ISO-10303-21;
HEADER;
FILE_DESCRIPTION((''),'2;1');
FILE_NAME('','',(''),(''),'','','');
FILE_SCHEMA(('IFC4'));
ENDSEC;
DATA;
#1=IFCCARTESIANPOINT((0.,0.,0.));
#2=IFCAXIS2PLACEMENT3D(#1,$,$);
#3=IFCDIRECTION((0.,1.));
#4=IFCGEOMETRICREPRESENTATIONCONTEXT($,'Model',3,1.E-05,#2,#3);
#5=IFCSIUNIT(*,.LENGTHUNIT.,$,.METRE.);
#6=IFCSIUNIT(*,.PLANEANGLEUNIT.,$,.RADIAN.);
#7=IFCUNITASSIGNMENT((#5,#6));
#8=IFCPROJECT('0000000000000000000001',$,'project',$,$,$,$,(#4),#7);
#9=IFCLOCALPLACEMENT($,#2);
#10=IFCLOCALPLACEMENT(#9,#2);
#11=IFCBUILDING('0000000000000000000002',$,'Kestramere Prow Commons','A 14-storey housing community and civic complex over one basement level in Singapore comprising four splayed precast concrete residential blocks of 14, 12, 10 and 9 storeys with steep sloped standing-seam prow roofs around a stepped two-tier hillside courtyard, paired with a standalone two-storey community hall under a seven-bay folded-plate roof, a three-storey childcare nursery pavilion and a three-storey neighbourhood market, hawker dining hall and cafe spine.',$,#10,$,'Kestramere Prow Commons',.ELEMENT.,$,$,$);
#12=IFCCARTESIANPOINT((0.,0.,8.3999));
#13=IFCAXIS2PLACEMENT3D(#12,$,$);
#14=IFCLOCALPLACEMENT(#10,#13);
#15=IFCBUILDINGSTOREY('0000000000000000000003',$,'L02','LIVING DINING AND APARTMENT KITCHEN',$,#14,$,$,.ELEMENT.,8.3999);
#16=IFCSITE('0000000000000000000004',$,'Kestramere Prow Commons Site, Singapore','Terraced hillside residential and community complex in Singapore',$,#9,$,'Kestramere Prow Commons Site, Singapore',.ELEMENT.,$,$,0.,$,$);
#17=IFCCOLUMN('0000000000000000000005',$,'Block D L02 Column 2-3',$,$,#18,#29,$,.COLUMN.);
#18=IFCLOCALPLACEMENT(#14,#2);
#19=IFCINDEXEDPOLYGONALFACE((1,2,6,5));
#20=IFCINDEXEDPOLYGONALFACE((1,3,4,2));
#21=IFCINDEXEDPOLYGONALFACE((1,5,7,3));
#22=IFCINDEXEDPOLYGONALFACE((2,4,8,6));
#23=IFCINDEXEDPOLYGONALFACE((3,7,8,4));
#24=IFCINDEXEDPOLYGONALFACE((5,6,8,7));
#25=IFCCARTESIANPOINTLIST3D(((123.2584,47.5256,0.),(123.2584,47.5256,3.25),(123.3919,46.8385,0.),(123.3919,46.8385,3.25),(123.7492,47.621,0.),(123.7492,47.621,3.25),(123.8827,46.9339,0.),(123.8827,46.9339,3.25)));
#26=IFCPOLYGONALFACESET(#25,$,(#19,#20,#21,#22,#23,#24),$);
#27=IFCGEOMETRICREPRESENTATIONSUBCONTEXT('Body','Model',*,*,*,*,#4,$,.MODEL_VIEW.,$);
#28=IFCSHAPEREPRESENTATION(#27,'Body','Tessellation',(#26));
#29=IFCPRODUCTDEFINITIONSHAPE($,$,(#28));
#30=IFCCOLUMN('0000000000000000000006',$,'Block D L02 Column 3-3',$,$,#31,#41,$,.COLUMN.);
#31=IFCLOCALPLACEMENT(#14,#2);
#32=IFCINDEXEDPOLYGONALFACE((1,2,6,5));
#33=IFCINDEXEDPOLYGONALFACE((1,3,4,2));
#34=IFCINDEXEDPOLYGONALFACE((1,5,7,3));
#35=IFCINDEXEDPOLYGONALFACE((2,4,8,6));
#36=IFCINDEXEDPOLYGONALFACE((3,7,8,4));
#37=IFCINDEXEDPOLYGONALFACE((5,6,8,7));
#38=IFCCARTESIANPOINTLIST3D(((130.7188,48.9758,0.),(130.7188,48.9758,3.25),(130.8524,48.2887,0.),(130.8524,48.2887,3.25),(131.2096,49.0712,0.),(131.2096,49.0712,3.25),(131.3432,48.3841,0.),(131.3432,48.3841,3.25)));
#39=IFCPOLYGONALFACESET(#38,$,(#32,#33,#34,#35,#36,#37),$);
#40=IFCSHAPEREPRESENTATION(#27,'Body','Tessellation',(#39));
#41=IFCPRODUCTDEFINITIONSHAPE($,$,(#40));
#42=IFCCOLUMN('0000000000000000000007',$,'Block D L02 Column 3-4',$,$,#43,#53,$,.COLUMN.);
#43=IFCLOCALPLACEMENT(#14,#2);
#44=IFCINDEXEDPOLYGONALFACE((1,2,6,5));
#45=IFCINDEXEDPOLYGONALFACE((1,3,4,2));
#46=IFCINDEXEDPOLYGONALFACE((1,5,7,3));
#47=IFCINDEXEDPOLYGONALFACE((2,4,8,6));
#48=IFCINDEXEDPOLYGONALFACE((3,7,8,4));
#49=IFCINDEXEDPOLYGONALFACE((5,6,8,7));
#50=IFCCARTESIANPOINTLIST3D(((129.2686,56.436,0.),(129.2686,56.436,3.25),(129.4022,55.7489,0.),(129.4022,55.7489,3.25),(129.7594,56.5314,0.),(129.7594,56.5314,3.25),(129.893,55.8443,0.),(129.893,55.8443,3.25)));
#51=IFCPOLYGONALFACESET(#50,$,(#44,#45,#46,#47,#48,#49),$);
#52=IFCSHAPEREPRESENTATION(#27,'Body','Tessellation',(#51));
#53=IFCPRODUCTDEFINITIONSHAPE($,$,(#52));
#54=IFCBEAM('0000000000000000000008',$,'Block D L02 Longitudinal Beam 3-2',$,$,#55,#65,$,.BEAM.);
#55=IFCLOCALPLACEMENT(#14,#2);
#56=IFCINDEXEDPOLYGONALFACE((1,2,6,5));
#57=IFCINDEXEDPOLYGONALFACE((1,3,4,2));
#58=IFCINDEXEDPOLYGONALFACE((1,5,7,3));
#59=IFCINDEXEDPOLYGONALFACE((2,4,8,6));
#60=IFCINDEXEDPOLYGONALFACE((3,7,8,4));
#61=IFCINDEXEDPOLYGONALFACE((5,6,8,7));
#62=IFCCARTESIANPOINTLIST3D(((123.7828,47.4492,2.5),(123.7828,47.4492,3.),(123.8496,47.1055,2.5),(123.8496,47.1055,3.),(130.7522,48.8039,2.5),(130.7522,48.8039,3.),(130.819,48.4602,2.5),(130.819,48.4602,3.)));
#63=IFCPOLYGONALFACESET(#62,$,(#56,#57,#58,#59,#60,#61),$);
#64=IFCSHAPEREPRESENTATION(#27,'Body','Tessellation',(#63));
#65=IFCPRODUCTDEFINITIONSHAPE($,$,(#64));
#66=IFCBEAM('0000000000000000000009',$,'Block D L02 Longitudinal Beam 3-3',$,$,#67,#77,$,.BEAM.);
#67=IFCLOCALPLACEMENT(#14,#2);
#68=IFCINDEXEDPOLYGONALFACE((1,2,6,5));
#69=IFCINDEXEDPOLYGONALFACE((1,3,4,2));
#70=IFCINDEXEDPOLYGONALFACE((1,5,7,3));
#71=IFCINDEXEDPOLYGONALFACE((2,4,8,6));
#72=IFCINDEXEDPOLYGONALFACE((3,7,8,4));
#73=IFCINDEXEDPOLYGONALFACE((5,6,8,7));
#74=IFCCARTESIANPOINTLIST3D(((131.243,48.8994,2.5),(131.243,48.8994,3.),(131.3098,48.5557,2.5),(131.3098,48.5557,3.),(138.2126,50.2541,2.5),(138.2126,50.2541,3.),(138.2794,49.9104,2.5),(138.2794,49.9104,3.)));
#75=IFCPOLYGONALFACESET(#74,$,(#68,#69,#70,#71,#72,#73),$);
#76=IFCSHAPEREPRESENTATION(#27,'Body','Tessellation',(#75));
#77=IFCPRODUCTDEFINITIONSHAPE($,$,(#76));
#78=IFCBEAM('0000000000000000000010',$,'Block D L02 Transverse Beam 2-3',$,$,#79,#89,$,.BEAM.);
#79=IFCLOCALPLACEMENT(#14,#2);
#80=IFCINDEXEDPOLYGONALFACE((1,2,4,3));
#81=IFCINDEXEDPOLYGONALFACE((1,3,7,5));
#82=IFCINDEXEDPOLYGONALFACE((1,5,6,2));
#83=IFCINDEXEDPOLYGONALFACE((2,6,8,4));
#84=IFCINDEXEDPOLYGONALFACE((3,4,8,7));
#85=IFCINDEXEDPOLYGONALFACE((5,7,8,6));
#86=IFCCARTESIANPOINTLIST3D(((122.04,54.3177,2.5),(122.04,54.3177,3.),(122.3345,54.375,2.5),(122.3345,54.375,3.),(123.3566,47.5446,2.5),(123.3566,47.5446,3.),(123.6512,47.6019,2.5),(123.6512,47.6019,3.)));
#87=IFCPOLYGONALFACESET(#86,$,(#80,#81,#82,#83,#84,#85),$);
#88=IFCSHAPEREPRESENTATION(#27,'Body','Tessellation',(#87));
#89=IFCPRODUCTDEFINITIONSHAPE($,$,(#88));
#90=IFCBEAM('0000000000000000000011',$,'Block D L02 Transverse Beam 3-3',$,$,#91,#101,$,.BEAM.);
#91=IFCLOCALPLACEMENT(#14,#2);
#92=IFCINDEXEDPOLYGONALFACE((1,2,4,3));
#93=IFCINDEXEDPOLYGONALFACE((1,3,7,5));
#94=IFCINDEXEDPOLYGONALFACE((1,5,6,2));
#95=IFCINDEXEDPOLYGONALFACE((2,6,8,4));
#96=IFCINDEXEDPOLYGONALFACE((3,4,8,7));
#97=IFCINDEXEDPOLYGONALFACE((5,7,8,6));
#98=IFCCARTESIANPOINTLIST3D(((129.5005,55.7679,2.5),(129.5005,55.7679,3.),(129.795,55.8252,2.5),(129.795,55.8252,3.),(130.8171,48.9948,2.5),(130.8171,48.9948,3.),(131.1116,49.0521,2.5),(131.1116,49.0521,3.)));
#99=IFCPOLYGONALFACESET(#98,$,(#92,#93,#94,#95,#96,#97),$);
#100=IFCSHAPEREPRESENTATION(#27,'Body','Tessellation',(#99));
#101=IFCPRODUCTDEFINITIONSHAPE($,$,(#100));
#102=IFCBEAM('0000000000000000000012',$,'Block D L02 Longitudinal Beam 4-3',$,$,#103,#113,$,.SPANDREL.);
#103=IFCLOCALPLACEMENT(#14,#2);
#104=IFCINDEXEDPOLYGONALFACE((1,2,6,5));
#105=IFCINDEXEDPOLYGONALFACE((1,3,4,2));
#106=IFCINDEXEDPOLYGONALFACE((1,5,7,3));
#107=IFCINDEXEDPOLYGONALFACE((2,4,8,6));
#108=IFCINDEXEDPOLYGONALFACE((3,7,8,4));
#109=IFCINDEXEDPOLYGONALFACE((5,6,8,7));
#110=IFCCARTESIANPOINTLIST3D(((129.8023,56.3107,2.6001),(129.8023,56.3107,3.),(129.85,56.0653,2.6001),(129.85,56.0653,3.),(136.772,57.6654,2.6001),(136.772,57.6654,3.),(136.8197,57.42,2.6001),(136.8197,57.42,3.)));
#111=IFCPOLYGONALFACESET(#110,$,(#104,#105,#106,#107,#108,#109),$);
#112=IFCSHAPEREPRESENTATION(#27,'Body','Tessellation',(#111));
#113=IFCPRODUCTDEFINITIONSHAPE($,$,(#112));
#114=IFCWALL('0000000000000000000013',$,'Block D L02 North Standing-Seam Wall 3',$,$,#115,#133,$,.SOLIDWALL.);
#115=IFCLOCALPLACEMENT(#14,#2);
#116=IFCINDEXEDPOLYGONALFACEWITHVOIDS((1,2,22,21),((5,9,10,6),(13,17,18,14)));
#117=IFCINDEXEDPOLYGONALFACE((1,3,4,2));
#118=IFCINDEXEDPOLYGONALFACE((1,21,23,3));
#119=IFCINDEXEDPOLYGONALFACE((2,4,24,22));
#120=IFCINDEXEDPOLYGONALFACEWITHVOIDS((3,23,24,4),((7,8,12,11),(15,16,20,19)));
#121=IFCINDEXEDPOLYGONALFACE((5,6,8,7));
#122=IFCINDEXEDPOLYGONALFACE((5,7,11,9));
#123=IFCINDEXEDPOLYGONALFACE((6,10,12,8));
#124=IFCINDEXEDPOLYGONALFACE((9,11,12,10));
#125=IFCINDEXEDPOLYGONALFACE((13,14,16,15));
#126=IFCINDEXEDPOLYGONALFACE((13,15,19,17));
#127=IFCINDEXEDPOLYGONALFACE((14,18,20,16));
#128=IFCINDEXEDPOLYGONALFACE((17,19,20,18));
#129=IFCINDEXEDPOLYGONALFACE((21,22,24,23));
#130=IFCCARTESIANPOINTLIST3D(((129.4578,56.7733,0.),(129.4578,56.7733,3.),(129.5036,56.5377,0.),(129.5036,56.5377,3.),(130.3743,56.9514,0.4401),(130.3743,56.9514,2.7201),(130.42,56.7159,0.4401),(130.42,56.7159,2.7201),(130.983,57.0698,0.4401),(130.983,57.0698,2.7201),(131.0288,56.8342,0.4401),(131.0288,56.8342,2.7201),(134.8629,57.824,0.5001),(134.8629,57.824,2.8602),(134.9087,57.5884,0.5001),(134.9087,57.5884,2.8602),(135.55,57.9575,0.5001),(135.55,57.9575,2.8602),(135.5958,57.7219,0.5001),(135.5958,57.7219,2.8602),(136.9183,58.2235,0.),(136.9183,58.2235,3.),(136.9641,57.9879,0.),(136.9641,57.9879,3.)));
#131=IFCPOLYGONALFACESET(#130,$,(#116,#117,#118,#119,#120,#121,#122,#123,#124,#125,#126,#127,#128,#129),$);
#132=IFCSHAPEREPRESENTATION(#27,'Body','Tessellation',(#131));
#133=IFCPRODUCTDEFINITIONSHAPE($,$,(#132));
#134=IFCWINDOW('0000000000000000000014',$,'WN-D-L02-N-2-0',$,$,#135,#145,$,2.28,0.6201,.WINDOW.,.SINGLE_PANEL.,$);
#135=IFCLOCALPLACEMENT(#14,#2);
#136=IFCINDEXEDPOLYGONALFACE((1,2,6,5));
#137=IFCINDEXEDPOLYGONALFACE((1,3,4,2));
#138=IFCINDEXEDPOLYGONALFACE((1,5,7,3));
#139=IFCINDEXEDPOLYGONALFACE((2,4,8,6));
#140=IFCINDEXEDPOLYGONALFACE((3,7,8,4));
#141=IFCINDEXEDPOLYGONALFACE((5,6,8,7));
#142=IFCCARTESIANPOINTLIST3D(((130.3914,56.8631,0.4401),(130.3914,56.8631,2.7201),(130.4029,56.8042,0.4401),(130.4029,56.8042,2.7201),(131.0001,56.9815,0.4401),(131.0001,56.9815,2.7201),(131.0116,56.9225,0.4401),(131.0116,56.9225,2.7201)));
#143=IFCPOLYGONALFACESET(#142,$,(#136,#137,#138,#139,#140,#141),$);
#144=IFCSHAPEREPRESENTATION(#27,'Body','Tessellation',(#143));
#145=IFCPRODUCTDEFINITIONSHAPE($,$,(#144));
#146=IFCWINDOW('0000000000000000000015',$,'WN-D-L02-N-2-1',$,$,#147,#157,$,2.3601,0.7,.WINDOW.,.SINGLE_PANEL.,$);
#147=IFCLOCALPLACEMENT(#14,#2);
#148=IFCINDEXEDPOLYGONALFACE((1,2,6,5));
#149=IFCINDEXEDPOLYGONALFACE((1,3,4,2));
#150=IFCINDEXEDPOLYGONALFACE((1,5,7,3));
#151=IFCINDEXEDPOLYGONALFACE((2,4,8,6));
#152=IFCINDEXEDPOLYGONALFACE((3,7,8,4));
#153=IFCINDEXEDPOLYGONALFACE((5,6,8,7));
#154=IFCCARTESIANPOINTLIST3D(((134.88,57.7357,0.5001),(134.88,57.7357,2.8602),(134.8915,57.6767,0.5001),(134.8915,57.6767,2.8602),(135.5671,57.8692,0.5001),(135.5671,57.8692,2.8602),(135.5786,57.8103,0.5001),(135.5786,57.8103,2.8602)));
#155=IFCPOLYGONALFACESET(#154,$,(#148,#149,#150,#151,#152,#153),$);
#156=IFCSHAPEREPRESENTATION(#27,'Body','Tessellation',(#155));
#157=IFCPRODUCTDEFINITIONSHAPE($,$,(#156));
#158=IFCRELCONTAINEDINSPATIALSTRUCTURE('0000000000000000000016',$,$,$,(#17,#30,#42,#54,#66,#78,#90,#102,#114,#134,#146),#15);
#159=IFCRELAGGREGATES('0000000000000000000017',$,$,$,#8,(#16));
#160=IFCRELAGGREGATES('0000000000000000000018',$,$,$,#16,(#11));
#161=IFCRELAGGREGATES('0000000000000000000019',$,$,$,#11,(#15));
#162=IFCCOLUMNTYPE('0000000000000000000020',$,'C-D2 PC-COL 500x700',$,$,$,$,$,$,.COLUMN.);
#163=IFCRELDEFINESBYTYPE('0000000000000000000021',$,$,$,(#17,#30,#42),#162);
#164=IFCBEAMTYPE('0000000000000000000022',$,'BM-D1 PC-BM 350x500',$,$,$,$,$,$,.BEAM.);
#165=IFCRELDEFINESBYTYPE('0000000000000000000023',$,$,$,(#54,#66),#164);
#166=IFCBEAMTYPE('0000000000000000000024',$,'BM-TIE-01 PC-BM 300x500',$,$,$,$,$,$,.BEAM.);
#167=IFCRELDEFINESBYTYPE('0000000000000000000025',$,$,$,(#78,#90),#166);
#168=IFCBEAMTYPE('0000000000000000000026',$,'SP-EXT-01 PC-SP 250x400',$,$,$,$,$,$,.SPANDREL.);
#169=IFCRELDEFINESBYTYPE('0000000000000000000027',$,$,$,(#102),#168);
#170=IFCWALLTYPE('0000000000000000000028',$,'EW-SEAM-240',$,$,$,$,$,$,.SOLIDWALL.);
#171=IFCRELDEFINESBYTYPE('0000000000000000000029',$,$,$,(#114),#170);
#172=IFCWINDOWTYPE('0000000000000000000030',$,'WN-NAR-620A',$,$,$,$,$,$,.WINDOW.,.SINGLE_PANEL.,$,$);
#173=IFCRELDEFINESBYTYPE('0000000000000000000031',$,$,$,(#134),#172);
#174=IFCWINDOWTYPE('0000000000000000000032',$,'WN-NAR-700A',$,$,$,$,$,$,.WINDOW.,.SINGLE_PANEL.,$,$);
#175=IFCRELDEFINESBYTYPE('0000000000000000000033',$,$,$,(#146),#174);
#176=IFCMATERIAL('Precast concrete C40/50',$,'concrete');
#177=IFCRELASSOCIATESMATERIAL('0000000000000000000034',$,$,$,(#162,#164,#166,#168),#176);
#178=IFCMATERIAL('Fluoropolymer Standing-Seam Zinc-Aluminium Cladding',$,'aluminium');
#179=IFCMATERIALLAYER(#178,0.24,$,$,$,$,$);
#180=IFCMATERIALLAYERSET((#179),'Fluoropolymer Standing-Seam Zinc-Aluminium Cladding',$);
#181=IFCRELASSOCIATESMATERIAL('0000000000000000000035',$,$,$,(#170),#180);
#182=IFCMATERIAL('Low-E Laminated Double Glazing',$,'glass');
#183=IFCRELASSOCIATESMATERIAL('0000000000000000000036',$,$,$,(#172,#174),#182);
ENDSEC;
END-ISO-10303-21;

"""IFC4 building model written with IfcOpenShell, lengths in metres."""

from ifc_helpers import new_model, si_unit, direction, frame, frame_2d, origin, origin_2d, place, context, subcontext, project, spatial, rectangle, extrude, material, layer, layer_set, material_profile, profile_set, type_object, element, fill, save


model = new_model("IFC4")

# Units and contexts
model_context = context("Model", 3, precision=1e-05, world=origin(), true_north=direction((0.0, 1.0)))
body_context = subcontext(model_context, "Body", "Model", "MODEL_VIEW")
ifc_project = project(units=[si_unit("LENGTHUNIT", "METRE"), si_unit("PLANEANGLEUNIT", "RADIAN")], contexts=[model_context])

# Site, building, storey
site_placement = place(None, origin())
site = spatial("IfcSite", under=ifc_project, at=site_placement, Name="Kestramere Prow Commons Site, Singapore", Description="Terraced hillside residential and community complex in Singapore", LongName="Kestramere Prow Commons Site, Singapore", CompositionType="ELEMENT", RefElevation=0.0)
building_placement = place(site_placement, origin())
building = spatial("IfcBuilding", under=site, at=building_placement, Name="Kestramere Prow Commons", Description="A 14-storey housing community and civic complex over one basement level in Singapore comprising four splayed precast concrete residential blocks of 14, 12, 10 and 9 storeys with steep sloped standing-seam prow roofs around a stepped two-tier hillside courtyard, paired with a standalone two-storey community hall under a seven-bay folded-plate roof, a three-storey childcare nursery pavilion and a three-storey neighbourhood market, hawker dining hall and cafe spine.", LongName="Kestramere Prow Commons", CompositionType="ELEMENT")
storey_placement = place(building_placement, frame((0.0, 0.0, 8.3999)))
storey = spatial("IfcBuildingStorey", under=building, at=storey_placement, Name="L02", Description="LIVING DINING AND APARTMENT KITCHEN", CompositionType="ELEMENT", Elevation=8.3999)

# Columns
ifc_material_1 = material(Name="Precast concrete C40/50", Category="concrete")
ifc_material_profile_1 = material_profile(ifc_material_1, rectangle(XDim=0.5, YDim=0.7, at=origin_2d()), Name="PC-COL 500x700")
ifc_profile_set_1 = profile_set([ifc_material_profile_1], Name="Precast concrete C40/50")
column_type = type_object("IfcColumnType", Name="C-D2 PC-COL 500x700", PredefinedType="COLUMN", material=ifc_profile_set_1)
for number, where, z_axis, x_axis, name in (
    (1, (123.5706, 47.2297, 0.0), (0.0, 0.0, 1.0), (0.981627, 0.190809, 0.0), "Block D L02 Column 2-3"),
    (2, (131.031, 48.6799, 0.0), (0.0, 0.0, 1.0), (0.981627, 0.190809, 0.0), "Block D L02 Column 3-3"),
    (3, (129.5808, 56.1401, 0.0), (0.0, 0.0, 1.0), (0.981627, 0.190809, 0.0), "Block D L02 Column 3-4"),
):
    element("IfcColumn", number, at=place(storey_placement, frame(where, z_axis=z_axis, x_axis=x_axis)), inside=storey, type_object=column_type, Name=name, PredefinedType="COLUMN", context=body_context, shape_type="SweptSolid", body=[
        extrude(rectangle(XDim=0.5, YDim=0.7, at=origin_2d()), origin(), (0.0, 0.0, 1.0), 3.25),
    ])

# Beams
ifc_material_profile_2 = material_profile(ifc_material_1, rectangle(XDim=0.3501, YDim=0.5, at=origin_2d()), Name="PC-BM 350x500")
ifc_profile_set_2 = profile_set([ifc_material_profile_2], Name="Precast concrete C40/50")
beam_type_1 = type_object("IfcBeamType", Name="BM-D1 PC-BM 350x500", PredefinedType="BEAM", material=ifc_profile_set_2)
beam_1_placement = place(storey_placement, frame((123.8162, 47.2773, 2.75), z_axis=(0.981627, 0.19081, 0.0), x_axis=(-0.19081, 0.981627, 0.0)))
element("IfcBeam", 4, at=beam_1_placement, inside=storey, type_object=beam_type_1, Name="Block D L02 Longitudinal Beam 3-2", PredefinedType="BEAM", context=body_context, shape_type="SweptSolid", body=[
    extrude(rectangle(XDim=0.3501, YDim=0.5, at=origin_2d()), origin(), (0.0, 0.0, 1.0), 7.0999),
])
beam_2_placement = place(storey_placement, frame((131.2764, 48.7275, 2.75), z_axis=(0.981628, 0.190803, 0.0), x_axis=(-0.190803, 0.981628, 0.0)))
element("IfcBeam", 5, at=beam_2_placement, inside=storey, type_object=beam_type_1, Name="Block D L02 Longitudinal Beam 3-3", PredefinedType="BEAM", context=body_context, shape_type="SweptSolid", body=[
    extrude(rectangle(XDim=0.3501, YDim=0.5, at=origin_2d()), origin(), (0.0, 0.0, 1.0), 7.1001),
])
ifc_material_profile_3 = material_profile(ifc_material_1, rectangle(XDim=0.3, YDim=0.5, at=origin_2d()), Name="PC-BM 300x500")
ifc_profile_set_3 = profile_set([ifc_material_profile_3], Name="Precast concrete C40/50")
beam_type_2 = type_object("IfcBeamType", Name="BM-TIE-01 PC-BM 300x500", PredefinedType="BEAM", material=ifc_profile_set_3)
for number, where, z_axis, x_axis, name in (
    (6, (123.5039, 47.5732, 2.75), (-0.190819, 0.981625, 0.0), (-0.981625, -0.190819, 0.0), "Block D L02 Transverse Beam 2-3"),
    (7, (130.9644, 49.0234, 2.75), (-0.190819, 0.981625, 0.0), (-0.981625, -0.190819, 0.0), "Block D L02 Transverse Beam 3-3"),
):
    element("IfcBeam", number, at=place(storey_placement, frame(where, z_axis=z_axis, x_axis=x_axis)), inside=storey, type_object=beam_type_2, Name=name, PredefinedType="BEAM", context=body_context, shape_type="SweptSolid", body=[
        extrude(rectangle(XDim=0.3, YDim=0.5, at=origin_2d()), origin(), (0.0, 0.0, 1.0), 6.8999),
    ])
ifc_material_profile_4 = material_profile(ifc_material_1, rectangle(XDim=0.25, YDim=0.3999, at=origin_2d()), Name="PC-SP 250x400")
ifc_profile_set_4 = profile_set([ifc_material_profile_4], Name="Precast concrete C40/50")
beam_type_3 = type_object("IfcBeamType", Name="SP-EXT-01 PC-SP 250x400", PredefinedType="SPANDREL", material=ifc_profile_set_4)
beam_3_placement = place(storey_placement, frame((129.8262, 56.188, 2.8), z_axis=(0.981628, 0.190803, 0.0), x_axis=(-0.190803, 0.981628, 0.0)))
element("IfcBeam", 8, at=beam_3_placement, inside=storey, type_object=beam_type_3, Name="Block D L02 Longitudinal Beam 4-3", PredefinedType="SPANDREL", context=body_context, shape_type="SweptSolid", body=[
    extrude(rectangle(XDim=0.25, YDim=0.3999, at=origin_2d()), origin(), (0.0, 0.0, 1.0), 7.1001),
])

# Wall, openings, windows
ifc_material_2 = material(Name="Fluoropolymer Standing-Seam Zinc-Aluminium Cladding", Category="aluminium")
ifc_layer_1 = layer(ifc_material_2, 0.24)
ifc_layer_set_1 = layer_set([ifc_layer_1], Name="Fluoropolymer Standing-Seam Zinc-Aluminium Cladding")
wall_type_1 = type_object("IfcWallType", Name="EW-SEAM-240", PredefinedType="SOLIDWALL", material=ifc_layer_set_1)
wall_1_placement = place(storey_placement, frame((129.4807, 56.6555, 0.0), z_axis=(0.0, 0.0, 1.0), x_axis=(0.981626, 0.190813, 0.0)))
wall_1 = element("IfcWall", 9, at=wall_1_placement, inside=storey, type_object=wall_type_1, Name="Block D L02 North Standing-Seam Wall 3", PredefinedType="SOLIDWALL", context=body_context, shape_type="SweptSolid", body=[
    extrude(rectangle(XDim=7.6001, YDim=0.24, at=frame_2d((3.8, 0.0))), origin(), (0.0, 0.0, 1.0), 3.0),
])
opening_1_placement = place(wall_1_placement, frame((0.9336, 0.0, 0.4399)))
opening_1 = element("IfcOpeningElement", 10, at=opening_1_placement, cuts=wall_1, PredefinedType="OPENING", context=body_context, shape_type="SweptSolid", body=[
    extrude(rectangle(XDim=0.6201, YDim=2.28, at=frame_2d((0.3101, 1.1401))), frame((0.0, 0.135, 0.0), z_axis=(0.0, -1.0, 0.0), x_axis=(1.0, 0.0, 0.0)), (0.0, 0.0, 1.0), 0.27),
])
opening_2_placement = place(wall_1_placement, frame((5.5061, 0.0, 0.5)))
opening_2 = element("IfcOpeningElement", 11, at=opening_2_placement, cuts=wall_1, PredefinedType="OPENING", context=body_context, shape_type="SweptSolid", body=[
    extrude(rectangle(XDim=0.7, YDim=2.3601, at=frame_2d((0.3501, 1.1802))), frame((0.0, 0.135, 0.0), z_axis=(0.0, -1.0, 0.0), x_axis=(1.0, 0.0, 0.0)), (0.0, 0.0, 1.0), 0.27),
])
ifc_material_3 = material(Name="Low-E Laminated Double Glazing", Category="glass")
window_type_1 = type_object("IfcWindowType", Name="WN-NAR-620A", PartitioningType="SINGLE_PANEL", PredefinedType="WINDOW", material=ifc_material_3)
window_1_placement = place(opening_1_placement, origin())
window_1 = element("IfcWindow", 12, at=window_1_placement, inside=storey, type_object=window_type_1, Name="WN-D-L02-N-2-0", OverallHeight=2.28, OverallWidth=0.6201, PartitioningType="SINGLE_PANEL", PredefinedType="WINDOW", context=body_context, shape_type="SweptSolid", body=[
    extrude(rectangle(XDim=0.6201, YDim=2.28, at=frame_2d((0.3101, 1.1401))), frame((0.0, 0.03, 0.0), z_axis=(0.0, -1.0, 0.0), x_axis=(1.0, 0.0, 0.0)), (0.0, 0.0, 1.0), 0.0601),
])
fill(opening_1, window_1)
window_type_2 = type_object("IfcWindowType", Name="WN-NAR-700A", PartitioningType="SINGLE_PANEL", PredefinedType="WINDOW", material=ifc_material_3)
window_2_placement = place(opening_2_placement, origin())
window_2 = element("IfcWindow", 13, at=window_2_placement, inside=storey, type_object=window_type_2, Name="WN-D-L02-N-2-1", OverallHeight=2.3601, OverallWidth=0.7, PartitioningType="SINGLE_PANEL", PredefinedType="WINDOW", context=body_context, shape_type="SweptSolid", body=[
    extrude(rectangle(XDim=0.7, YDim=2.3601, at=frame_2d((0.3501, 1.1802))), frame((0.0, 0.03, 0.0), z_axis=(0.0, -1.0, 0.0), x_axis=(1.0, 0.0, 0.0)), (0.0, 0.0, 1.0), 0.0601),
])
fill(opening_2, window_2)

save(model, "model.ifc")
